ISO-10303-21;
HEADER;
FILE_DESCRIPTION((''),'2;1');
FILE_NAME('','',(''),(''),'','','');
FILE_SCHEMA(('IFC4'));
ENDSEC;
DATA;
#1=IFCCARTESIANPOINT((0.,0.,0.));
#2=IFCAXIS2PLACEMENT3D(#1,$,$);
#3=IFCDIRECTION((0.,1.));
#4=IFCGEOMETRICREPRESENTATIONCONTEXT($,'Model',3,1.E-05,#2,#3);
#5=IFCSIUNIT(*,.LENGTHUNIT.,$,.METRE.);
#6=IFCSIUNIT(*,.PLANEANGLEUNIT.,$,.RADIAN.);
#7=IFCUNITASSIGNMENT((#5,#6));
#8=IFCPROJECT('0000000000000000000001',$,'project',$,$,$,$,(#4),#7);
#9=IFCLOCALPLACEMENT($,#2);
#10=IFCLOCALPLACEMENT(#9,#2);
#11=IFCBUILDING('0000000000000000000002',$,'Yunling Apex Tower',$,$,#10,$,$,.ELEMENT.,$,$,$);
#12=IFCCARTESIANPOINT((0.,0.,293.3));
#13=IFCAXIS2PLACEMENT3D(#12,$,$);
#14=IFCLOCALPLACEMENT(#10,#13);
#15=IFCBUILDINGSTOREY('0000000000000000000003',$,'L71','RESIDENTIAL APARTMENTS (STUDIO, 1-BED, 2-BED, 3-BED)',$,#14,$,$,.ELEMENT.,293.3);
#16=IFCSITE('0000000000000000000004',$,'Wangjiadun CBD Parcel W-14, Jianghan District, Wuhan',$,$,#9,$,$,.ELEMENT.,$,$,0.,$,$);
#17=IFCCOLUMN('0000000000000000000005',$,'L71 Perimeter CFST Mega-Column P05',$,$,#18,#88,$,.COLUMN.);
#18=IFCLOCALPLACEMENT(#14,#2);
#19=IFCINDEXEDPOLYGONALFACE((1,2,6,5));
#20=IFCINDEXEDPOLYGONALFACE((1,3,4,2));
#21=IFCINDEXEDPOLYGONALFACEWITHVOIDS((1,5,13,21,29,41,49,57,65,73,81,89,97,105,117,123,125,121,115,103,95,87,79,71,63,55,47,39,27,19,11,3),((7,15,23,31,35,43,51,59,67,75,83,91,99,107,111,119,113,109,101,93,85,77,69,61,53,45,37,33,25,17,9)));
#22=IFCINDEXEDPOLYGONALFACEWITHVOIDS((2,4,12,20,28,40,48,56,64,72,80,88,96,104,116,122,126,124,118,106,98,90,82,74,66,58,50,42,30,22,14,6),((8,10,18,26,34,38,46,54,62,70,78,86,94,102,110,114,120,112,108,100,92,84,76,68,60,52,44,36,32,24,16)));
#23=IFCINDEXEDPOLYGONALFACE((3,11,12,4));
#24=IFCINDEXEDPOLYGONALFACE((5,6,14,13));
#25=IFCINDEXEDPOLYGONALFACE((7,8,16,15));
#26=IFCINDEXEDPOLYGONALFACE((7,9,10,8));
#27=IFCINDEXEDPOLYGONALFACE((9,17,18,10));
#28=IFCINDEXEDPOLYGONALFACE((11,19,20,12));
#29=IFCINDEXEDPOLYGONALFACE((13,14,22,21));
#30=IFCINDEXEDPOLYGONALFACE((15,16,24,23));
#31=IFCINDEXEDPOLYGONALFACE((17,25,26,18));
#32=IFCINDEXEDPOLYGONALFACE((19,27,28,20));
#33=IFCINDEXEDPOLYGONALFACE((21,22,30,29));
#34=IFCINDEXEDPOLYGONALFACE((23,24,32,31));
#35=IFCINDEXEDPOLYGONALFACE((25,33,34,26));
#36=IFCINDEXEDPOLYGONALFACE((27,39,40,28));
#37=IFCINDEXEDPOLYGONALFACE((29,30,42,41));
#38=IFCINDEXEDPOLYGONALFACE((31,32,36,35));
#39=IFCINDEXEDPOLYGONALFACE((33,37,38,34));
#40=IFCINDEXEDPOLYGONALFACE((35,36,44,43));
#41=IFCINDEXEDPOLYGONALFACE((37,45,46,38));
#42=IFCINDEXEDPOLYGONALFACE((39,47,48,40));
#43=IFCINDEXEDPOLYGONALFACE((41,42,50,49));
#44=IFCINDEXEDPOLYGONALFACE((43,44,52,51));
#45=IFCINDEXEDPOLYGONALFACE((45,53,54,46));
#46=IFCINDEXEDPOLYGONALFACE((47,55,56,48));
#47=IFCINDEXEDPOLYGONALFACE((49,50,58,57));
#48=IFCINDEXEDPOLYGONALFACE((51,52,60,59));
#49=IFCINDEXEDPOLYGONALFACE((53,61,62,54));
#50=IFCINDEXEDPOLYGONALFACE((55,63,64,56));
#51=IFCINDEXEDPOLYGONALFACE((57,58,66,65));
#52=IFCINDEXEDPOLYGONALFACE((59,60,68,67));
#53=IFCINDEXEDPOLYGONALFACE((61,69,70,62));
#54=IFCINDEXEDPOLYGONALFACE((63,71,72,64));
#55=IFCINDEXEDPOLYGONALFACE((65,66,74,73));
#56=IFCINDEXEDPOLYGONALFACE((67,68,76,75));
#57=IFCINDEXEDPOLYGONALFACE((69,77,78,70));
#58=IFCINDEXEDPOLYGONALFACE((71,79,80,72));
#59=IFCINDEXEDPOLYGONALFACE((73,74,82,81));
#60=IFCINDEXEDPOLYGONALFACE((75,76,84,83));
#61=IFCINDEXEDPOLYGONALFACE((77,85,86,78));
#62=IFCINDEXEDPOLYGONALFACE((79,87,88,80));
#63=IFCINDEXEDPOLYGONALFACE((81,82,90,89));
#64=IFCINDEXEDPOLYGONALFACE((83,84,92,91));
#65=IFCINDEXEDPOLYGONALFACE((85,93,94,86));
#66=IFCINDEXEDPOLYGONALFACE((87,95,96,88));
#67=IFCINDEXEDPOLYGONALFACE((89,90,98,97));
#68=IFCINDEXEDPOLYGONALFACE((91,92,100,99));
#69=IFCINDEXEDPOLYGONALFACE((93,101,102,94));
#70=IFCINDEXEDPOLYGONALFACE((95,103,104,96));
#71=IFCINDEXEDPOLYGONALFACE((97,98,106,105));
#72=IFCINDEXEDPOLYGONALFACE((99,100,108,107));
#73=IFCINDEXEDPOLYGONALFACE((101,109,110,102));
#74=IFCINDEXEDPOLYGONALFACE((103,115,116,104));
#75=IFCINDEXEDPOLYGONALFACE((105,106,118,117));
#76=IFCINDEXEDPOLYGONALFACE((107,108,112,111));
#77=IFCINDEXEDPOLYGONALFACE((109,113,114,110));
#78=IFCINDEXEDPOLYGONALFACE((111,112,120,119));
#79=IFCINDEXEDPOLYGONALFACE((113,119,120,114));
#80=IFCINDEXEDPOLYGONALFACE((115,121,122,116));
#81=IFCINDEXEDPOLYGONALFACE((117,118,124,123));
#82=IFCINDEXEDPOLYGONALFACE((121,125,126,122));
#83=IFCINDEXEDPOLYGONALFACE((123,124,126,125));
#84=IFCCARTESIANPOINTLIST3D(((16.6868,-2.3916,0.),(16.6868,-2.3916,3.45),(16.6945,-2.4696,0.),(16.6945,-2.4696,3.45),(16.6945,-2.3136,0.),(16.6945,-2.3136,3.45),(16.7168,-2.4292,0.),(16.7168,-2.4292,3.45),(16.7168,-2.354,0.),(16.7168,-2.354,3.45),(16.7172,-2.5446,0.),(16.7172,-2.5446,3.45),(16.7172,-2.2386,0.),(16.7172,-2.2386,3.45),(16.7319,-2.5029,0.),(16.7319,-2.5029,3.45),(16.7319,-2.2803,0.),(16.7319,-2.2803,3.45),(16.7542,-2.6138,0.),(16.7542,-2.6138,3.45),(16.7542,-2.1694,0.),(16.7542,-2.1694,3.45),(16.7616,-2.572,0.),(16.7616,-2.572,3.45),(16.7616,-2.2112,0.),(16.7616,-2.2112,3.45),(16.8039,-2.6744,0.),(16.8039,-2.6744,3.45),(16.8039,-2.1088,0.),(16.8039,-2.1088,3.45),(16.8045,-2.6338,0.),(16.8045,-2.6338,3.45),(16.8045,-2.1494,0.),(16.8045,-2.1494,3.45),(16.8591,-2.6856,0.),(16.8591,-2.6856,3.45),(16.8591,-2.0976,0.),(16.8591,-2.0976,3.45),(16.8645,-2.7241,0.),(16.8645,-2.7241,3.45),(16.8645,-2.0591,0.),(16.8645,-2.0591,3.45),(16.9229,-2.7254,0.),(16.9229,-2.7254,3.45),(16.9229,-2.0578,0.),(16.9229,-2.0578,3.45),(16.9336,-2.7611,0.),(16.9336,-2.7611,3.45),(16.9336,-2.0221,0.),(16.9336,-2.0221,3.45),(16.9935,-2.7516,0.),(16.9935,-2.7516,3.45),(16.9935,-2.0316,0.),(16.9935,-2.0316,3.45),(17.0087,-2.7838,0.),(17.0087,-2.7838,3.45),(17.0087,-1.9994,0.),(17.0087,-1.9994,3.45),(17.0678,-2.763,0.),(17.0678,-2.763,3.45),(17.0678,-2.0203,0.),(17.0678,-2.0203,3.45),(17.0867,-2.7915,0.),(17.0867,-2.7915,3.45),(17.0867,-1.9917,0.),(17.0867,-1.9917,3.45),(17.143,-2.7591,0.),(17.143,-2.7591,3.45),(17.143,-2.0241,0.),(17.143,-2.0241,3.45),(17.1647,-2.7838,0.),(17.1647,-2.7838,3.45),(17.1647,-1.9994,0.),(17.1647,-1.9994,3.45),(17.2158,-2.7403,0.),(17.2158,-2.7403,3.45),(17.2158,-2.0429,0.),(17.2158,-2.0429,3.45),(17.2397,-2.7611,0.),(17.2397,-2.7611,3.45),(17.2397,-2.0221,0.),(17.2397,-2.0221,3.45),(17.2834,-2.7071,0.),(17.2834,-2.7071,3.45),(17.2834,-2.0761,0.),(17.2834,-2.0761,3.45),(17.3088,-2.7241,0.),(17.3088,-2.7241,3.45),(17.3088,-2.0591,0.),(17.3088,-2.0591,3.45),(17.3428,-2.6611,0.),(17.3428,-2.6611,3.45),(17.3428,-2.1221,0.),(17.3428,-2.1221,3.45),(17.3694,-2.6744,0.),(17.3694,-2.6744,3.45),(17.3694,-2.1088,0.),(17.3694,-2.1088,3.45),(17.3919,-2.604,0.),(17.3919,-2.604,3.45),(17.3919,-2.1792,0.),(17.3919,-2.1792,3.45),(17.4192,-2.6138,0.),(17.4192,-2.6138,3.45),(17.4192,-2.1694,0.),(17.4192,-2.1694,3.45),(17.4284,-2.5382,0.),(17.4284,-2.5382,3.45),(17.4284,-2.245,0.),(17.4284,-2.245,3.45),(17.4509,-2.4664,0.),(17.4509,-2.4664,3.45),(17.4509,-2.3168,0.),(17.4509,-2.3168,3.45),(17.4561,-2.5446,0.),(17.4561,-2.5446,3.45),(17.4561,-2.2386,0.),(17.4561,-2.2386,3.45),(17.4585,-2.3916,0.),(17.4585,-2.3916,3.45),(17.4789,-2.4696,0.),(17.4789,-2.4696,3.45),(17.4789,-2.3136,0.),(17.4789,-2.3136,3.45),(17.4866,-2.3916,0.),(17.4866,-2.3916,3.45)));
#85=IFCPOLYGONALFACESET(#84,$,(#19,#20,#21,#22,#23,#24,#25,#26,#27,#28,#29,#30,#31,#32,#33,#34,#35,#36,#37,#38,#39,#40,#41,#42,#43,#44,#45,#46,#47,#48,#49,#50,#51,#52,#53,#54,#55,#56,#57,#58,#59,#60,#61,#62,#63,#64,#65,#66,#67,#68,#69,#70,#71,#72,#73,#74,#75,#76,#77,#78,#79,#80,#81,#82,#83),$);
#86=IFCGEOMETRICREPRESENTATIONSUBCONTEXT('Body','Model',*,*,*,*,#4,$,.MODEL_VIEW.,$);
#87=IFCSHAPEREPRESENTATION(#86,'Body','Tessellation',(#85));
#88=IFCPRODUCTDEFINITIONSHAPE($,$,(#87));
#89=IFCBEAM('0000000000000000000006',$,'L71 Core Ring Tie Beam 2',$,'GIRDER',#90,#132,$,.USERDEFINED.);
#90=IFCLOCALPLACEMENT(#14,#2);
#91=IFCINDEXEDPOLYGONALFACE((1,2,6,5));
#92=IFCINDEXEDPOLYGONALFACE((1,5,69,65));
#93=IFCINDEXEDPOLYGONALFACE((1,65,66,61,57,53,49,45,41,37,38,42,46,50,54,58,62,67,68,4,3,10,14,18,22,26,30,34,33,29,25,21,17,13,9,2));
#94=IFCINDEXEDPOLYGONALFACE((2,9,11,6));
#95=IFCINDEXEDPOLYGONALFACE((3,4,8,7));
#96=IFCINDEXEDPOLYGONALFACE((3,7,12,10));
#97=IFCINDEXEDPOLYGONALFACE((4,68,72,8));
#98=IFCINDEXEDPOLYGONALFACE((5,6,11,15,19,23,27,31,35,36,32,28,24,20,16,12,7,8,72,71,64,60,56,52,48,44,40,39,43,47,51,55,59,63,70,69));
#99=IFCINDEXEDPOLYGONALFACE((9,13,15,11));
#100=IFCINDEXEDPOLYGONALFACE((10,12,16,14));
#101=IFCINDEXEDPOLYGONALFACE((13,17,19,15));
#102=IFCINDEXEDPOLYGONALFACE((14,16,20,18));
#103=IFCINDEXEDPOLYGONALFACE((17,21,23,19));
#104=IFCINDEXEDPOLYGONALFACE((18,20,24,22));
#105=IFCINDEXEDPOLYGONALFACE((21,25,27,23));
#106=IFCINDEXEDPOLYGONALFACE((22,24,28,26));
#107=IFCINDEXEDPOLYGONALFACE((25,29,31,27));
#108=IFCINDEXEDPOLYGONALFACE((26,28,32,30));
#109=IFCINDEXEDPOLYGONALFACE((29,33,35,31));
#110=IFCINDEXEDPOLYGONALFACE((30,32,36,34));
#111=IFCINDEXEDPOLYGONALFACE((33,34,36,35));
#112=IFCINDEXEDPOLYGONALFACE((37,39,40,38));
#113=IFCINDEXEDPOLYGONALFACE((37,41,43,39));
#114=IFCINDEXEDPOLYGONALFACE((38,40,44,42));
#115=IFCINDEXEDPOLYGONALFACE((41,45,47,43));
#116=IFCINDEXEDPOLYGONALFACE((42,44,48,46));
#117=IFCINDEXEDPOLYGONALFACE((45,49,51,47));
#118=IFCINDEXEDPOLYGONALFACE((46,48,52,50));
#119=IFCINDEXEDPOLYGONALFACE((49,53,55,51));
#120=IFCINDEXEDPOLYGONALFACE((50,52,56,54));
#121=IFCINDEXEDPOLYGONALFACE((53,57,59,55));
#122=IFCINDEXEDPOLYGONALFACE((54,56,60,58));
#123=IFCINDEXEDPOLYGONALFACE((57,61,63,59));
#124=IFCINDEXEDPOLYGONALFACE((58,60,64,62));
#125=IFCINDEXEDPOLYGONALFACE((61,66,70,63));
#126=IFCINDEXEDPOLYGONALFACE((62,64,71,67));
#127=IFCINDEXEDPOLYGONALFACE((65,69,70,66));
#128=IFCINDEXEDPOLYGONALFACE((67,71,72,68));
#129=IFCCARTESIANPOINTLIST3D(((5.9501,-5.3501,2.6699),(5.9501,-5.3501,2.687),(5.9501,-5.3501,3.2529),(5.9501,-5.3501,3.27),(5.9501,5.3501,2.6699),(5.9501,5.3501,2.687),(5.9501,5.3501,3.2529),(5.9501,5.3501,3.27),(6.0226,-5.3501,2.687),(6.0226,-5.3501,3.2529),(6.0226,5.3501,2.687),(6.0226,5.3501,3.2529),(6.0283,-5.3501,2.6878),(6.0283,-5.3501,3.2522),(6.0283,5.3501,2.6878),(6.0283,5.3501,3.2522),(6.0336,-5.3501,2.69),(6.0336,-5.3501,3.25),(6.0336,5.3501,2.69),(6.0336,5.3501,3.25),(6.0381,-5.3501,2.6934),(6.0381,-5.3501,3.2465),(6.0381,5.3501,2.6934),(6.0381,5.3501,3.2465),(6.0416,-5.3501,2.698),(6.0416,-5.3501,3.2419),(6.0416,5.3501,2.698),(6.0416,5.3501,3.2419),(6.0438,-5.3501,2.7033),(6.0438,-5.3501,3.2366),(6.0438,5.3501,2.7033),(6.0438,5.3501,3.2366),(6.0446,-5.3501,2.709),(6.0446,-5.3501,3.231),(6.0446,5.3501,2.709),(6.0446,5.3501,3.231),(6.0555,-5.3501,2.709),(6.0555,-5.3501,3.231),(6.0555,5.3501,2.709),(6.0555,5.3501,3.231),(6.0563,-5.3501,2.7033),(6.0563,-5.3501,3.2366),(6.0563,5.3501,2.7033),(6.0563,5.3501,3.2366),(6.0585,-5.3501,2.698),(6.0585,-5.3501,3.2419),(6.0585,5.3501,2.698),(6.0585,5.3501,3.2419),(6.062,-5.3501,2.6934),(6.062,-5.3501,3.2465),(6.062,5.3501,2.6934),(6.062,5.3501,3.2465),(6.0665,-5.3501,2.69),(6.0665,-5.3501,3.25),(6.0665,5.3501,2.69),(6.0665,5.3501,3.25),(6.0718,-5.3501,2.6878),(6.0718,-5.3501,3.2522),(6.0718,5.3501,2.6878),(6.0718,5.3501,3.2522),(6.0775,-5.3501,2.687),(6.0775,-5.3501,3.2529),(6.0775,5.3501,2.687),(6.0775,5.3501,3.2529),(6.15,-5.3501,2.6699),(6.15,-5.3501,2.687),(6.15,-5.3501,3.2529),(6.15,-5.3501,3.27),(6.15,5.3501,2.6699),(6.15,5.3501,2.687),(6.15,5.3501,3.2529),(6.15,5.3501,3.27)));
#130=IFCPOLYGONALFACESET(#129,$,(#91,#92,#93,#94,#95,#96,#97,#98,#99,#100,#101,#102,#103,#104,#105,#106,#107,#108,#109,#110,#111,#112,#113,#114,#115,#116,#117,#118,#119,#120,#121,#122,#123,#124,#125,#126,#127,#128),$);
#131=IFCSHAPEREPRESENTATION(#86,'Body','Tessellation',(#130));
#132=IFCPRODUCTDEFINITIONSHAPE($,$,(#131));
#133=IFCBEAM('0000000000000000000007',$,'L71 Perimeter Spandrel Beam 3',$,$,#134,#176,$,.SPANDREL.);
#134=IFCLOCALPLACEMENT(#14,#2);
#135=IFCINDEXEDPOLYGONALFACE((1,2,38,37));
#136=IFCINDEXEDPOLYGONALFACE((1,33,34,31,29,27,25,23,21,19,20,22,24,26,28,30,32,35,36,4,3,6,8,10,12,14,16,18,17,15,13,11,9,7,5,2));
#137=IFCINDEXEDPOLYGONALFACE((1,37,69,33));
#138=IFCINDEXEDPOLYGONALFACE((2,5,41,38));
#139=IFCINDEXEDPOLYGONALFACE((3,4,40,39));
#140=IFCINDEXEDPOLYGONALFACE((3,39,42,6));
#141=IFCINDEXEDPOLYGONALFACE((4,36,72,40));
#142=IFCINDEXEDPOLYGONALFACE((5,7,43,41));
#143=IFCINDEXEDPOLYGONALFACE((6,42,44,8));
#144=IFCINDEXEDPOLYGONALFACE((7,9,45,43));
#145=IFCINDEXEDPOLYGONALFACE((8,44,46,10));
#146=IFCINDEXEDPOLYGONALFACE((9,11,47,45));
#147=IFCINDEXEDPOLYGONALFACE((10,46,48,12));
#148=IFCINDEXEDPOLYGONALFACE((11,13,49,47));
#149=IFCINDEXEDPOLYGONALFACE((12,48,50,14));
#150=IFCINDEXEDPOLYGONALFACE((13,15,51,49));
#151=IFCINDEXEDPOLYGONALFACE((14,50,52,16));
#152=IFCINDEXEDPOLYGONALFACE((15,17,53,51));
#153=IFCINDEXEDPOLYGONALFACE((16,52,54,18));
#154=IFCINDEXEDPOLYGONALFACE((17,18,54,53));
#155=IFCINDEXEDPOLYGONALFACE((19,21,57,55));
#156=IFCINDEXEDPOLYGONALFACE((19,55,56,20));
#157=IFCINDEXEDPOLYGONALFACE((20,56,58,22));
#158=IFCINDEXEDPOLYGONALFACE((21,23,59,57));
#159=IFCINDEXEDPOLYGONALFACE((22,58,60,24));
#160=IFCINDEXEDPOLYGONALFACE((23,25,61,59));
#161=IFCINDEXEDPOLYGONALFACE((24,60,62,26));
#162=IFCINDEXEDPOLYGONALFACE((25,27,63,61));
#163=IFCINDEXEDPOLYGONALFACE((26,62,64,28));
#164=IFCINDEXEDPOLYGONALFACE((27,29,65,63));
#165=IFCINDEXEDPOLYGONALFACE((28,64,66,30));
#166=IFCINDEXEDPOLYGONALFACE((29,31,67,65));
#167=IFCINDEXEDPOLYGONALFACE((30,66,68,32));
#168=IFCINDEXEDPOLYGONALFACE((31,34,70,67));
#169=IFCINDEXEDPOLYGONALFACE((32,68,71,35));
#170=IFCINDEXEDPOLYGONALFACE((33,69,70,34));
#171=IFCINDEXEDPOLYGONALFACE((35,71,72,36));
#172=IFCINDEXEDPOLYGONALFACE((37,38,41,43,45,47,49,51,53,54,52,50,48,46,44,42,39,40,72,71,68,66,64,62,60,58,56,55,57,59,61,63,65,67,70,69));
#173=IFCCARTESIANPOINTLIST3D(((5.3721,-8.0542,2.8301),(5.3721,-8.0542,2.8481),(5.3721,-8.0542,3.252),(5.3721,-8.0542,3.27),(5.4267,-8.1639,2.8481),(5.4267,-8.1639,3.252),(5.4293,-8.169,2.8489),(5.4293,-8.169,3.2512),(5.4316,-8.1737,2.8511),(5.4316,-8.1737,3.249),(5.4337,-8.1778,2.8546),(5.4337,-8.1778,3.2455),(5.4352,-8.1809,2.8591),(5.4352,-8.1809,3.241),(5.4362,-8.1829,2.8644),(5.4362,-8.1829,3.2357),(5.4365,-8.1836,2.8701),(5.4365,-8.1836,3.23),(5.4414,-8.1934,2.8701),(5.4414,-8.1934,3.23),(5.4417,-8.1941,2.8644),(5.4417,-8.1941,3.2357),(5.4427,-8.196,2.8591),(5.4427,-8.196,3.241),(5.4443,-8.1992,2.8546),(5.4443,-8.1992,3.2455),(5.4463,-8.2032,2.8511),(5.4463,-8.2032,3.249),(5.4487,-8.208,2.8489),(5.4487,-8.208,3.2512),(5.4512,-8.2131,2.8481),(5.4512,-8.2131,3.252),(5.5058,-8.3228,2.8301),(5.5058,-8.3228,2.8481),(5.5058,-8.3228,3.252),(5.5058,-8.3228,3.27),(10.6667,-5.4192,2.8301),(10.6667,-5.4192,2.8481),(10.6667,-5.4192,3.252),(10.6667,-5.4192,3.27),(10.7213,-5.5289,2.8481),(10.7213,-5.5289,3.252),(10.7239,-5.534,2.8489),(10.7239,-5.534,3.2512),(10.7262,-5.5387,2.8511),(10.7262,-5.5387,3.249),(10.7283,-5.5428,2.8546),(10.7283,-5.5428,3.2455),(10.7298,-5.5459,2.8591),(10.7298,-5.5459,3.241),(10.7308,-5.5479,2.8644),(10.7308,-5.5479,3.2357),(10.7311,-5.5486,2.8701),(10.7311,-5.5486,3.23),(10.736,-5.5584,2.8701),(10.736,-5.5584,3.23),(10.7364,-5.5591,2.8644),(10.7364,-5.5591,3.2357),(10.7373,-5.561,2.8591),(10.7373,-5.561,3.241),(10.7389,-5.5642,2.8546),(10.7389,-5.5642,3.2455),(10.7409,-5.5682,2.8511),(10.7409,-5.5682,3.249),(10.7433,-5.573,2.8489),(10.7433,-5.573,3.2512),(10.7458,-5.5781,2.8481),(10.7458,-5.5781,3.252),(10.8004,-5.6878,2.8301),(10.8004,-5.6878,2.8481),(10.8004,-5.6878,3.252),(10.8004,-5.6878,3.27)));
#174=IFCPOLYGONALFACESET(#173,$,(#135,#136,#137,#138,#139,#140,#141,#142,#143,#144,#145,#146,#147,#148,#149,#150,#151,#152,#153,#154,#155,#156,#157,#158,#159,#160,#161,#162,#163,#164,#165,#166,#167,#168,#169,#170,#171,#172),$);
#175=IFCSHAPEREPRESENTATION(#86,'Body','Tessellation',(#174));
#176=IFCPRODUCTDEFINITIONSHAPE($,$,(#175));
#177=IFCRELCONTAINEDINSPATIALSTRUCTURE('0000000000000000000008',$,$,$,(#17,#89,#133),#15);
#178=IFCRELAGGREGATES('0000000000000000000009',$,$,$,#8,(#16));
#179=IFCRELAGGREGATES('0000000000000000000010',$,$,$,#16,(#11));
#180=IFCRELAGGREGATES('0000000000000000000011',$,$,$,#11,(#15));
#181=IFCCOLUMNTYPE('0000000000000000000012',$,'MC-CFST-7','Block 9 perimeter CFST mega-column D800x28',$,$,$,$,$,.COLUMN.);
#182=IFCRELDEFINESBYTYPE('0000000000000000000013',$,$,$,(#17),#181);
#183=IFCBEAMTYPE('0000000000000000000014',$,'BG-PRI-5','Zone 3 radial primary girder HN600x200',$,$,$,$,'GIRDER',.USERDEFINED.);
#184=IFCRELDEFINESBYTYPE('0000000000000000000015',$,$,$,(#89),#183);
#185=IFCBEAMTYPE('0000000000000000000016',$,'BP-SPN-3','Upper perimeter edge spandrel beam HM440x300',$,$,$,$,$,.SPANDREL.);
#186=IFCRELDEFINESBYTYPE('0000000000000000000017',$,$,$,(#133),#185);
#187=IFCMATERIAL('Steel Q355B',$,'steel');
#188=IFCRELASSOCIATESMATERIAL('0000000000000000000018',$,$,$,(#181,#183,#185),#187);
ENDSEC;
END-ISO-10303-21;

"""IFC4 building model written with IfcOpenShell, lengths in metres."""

from ifc_helpers import new_model, si_unit, direction, frame, origin, origin_2d, place, context, subcontext, project, spatial, hollow_circle, i_section, extrude, source, transform, mapped, material, material_profile, profile_set, type_object, element, save


model = new_model("IFC4")

# Units and contexts
model_context = context("Model", 3, precision=1e-05, world=origin(), true_north=direction((0.0, 1.0)))
body_context = subcontext(model_context, "Body", "Model", "MODEL_VIEW")
ifc_project = project(units=[si_unit("LENGTHUNIT", "METRE"), si_unit("PLANEANGLEUNIT", "RADIAN")], contexts=[model_context])

# Site, building, storey
site_placement = place(None, origin())
site = spatial("IfcSite", under=ifc_project, at=site_placement, Name="Wangjiadun CBD Parcel W-14, Jianghan District, Wuhan", CompositionType="ELEMENT", RefElevation=0.0)
building_placement = place(site_placement, origin())
building = spatial("IfcBuilding", under=site, at=building_placement, Name="Yunling Apex Tower", CompositionType="ELEMENT")
storey_placement = place(building_placement, frame((0.0, 0.0, 293.3)))
storey = spatial("IfcBuildingStorey", under=building, at=storey_placement, Name="L71", Description="RESIDENTIAL APARTMENTS (STUDIO, 1-BED, 2-BED, 3-BED)", CompositionType="ELEMENT", Elevation=293.3)

# Column
ifc_material_1 = material(Name="Steel Q355B", Category="steel")
ifc_material_profile_1 = material_profile(ifc_material_1, hollow_circle(Radius=0.3999, WallThickness=0.0281, at=origin_2d()))
ifc_profile_set_1 = profile_set([ifc_material_profile_1], Name="Steel Q355B")
column_type_1 = type_object("IfcColumnType", Name="MC-CFST-7", Description="Block 9 perimeter CFST mega-column D800x28", PredefinedType="COLUMN", material=ifc_profile_set_1)
shared_shape_1 = source(origin(), body_context, "Body", "SweptSolid", [
    extrude(hollow_circle(Radius=0.3999, WallThickness=0.0281, at=origin_2d()), origin(), (0.0, 0.0, 1.0), 3.45),
])
for number, where, z_axis, x_axis, name in (
    (1, (17.0867, -2.3916, 0.0), (0.0, 0.0, 1.0), (1.0, 0.0, 0.0), "L71 Perimeter CFST Mega-Column P05"),
):
    element("IfcColumn", number, at=place(storey_placement, frame(where, z_axis=z_axis, x_axis=x_axis)), inside=storey, type_object=column_type_1, Name=name, PredefinedType="COLUMN", context=body_context, shape_type="MappedRepresentation", body=[
        mapped(shared_shape_1, transform((0.0, 0.0, 0.0), scale=1.0)),
    ])

# Beams
ifc_material_profile_2 = material_profile(ifc_material_1, i_section(OverallWidth=0.2, OverallDepth=0.6001, WebThickness=0.011, FlangeThickness=0.0171, FilletRadius=0.022, at=origin_2d()))
ifc_profile_set_2 = profile_set([ifc_material_profile_2], Name="Steel Q355B")
beam_type_1 = type_object("IfcBeamType", Name="BG-PRI-5", Description="Zone 3 radial primary girder HN600x200", ElementType="GIRDER", PredefinedType="USERDEFINED", material=ifc_profile_set_2)
shared_shape_2 = source(origin(), body_context, "Body", "SweptSolid", [
    extrude(i_section(OverallWidth=0.2, OverallDepth=0.6001, WebThickness=0.011, FlangeThickness=0.0171, FilletRadius=0.022, at=origin_2d()), origin(), (0.0, 0.0, 1.0), 10.7002),
])
beam_1_placement = place(storey_placement, frame((6.05, -5.3501, 2.97), z_axis=(0.0, 1.0, 0.0), x_axis=(-1.0, 0.0, 0.0)))
element("IfcBeam", 2, at=beam_1_placement, inside=storey, type_object=beam_type_1, Name="L71 Core Ring Tie Beam 2", ObjectType="GIRDER", PredefinedType="USERDEFINED", context=body_context, shape_type="MappedRepresentation", body=[
    mapped(shared_shape_2, transform((0.0, 0.0, 0.0), scale=1.0)),
])
ifc_material_profile_3 = material_profile(ifc_material_1, i_section(OverallWidth=0.3, OverallDepth=0.4399, WebThickness=0.011, FlangeThickness=0.0181, FilletRadius=0.022, at=origin_2d()))
ifc_profile_set_3 = profile_set([ifc_material_profile_3], Name="Steel Q355B")
beam_type_2 = type_object("IfcBeamType", Name="BP-SPN-3", Description="Upper perimeter edge spandrel beam HM440x300", PredefinedType="SPANDREL", material=ifc_profile_set_3)
shared_shape_3 = source(origin(), body_context, "Body", "SweptSolid", [
    extrude(i_section(OverallWidth=0.3, OverallDepth=0.4399, WebThickness=0.011, FlangeThickness=0.0181, FilletRadius=0.022, at=origin_2d()), origin(), (0.0, 0.0, 1.0), 5.9141),
])
for number, where, z_axis, x_axis, name in (
    (3, (5.439, -8.1885, 3.05), (0.89526, 0.445545, 0.0), (-0.445545, 0.89526, 0.0), "L71 Perimeter Spandrel Beam 3"),
):
    element("IfcBeam", number, at=place(storey_placement, frame(where, z_axis=z_axis, x_axis=x_axis)), inside=storey, type_object=beam_type_2, Name=name, PredefinedType="SPANDREL", context=body_context, shape_type="MappedRepresentation", body=[
        mapped(shared_shape_3, transform((0.0, 0.0, 0.0), scale=1.0)),
    ])

save(model, "model.ifc")
